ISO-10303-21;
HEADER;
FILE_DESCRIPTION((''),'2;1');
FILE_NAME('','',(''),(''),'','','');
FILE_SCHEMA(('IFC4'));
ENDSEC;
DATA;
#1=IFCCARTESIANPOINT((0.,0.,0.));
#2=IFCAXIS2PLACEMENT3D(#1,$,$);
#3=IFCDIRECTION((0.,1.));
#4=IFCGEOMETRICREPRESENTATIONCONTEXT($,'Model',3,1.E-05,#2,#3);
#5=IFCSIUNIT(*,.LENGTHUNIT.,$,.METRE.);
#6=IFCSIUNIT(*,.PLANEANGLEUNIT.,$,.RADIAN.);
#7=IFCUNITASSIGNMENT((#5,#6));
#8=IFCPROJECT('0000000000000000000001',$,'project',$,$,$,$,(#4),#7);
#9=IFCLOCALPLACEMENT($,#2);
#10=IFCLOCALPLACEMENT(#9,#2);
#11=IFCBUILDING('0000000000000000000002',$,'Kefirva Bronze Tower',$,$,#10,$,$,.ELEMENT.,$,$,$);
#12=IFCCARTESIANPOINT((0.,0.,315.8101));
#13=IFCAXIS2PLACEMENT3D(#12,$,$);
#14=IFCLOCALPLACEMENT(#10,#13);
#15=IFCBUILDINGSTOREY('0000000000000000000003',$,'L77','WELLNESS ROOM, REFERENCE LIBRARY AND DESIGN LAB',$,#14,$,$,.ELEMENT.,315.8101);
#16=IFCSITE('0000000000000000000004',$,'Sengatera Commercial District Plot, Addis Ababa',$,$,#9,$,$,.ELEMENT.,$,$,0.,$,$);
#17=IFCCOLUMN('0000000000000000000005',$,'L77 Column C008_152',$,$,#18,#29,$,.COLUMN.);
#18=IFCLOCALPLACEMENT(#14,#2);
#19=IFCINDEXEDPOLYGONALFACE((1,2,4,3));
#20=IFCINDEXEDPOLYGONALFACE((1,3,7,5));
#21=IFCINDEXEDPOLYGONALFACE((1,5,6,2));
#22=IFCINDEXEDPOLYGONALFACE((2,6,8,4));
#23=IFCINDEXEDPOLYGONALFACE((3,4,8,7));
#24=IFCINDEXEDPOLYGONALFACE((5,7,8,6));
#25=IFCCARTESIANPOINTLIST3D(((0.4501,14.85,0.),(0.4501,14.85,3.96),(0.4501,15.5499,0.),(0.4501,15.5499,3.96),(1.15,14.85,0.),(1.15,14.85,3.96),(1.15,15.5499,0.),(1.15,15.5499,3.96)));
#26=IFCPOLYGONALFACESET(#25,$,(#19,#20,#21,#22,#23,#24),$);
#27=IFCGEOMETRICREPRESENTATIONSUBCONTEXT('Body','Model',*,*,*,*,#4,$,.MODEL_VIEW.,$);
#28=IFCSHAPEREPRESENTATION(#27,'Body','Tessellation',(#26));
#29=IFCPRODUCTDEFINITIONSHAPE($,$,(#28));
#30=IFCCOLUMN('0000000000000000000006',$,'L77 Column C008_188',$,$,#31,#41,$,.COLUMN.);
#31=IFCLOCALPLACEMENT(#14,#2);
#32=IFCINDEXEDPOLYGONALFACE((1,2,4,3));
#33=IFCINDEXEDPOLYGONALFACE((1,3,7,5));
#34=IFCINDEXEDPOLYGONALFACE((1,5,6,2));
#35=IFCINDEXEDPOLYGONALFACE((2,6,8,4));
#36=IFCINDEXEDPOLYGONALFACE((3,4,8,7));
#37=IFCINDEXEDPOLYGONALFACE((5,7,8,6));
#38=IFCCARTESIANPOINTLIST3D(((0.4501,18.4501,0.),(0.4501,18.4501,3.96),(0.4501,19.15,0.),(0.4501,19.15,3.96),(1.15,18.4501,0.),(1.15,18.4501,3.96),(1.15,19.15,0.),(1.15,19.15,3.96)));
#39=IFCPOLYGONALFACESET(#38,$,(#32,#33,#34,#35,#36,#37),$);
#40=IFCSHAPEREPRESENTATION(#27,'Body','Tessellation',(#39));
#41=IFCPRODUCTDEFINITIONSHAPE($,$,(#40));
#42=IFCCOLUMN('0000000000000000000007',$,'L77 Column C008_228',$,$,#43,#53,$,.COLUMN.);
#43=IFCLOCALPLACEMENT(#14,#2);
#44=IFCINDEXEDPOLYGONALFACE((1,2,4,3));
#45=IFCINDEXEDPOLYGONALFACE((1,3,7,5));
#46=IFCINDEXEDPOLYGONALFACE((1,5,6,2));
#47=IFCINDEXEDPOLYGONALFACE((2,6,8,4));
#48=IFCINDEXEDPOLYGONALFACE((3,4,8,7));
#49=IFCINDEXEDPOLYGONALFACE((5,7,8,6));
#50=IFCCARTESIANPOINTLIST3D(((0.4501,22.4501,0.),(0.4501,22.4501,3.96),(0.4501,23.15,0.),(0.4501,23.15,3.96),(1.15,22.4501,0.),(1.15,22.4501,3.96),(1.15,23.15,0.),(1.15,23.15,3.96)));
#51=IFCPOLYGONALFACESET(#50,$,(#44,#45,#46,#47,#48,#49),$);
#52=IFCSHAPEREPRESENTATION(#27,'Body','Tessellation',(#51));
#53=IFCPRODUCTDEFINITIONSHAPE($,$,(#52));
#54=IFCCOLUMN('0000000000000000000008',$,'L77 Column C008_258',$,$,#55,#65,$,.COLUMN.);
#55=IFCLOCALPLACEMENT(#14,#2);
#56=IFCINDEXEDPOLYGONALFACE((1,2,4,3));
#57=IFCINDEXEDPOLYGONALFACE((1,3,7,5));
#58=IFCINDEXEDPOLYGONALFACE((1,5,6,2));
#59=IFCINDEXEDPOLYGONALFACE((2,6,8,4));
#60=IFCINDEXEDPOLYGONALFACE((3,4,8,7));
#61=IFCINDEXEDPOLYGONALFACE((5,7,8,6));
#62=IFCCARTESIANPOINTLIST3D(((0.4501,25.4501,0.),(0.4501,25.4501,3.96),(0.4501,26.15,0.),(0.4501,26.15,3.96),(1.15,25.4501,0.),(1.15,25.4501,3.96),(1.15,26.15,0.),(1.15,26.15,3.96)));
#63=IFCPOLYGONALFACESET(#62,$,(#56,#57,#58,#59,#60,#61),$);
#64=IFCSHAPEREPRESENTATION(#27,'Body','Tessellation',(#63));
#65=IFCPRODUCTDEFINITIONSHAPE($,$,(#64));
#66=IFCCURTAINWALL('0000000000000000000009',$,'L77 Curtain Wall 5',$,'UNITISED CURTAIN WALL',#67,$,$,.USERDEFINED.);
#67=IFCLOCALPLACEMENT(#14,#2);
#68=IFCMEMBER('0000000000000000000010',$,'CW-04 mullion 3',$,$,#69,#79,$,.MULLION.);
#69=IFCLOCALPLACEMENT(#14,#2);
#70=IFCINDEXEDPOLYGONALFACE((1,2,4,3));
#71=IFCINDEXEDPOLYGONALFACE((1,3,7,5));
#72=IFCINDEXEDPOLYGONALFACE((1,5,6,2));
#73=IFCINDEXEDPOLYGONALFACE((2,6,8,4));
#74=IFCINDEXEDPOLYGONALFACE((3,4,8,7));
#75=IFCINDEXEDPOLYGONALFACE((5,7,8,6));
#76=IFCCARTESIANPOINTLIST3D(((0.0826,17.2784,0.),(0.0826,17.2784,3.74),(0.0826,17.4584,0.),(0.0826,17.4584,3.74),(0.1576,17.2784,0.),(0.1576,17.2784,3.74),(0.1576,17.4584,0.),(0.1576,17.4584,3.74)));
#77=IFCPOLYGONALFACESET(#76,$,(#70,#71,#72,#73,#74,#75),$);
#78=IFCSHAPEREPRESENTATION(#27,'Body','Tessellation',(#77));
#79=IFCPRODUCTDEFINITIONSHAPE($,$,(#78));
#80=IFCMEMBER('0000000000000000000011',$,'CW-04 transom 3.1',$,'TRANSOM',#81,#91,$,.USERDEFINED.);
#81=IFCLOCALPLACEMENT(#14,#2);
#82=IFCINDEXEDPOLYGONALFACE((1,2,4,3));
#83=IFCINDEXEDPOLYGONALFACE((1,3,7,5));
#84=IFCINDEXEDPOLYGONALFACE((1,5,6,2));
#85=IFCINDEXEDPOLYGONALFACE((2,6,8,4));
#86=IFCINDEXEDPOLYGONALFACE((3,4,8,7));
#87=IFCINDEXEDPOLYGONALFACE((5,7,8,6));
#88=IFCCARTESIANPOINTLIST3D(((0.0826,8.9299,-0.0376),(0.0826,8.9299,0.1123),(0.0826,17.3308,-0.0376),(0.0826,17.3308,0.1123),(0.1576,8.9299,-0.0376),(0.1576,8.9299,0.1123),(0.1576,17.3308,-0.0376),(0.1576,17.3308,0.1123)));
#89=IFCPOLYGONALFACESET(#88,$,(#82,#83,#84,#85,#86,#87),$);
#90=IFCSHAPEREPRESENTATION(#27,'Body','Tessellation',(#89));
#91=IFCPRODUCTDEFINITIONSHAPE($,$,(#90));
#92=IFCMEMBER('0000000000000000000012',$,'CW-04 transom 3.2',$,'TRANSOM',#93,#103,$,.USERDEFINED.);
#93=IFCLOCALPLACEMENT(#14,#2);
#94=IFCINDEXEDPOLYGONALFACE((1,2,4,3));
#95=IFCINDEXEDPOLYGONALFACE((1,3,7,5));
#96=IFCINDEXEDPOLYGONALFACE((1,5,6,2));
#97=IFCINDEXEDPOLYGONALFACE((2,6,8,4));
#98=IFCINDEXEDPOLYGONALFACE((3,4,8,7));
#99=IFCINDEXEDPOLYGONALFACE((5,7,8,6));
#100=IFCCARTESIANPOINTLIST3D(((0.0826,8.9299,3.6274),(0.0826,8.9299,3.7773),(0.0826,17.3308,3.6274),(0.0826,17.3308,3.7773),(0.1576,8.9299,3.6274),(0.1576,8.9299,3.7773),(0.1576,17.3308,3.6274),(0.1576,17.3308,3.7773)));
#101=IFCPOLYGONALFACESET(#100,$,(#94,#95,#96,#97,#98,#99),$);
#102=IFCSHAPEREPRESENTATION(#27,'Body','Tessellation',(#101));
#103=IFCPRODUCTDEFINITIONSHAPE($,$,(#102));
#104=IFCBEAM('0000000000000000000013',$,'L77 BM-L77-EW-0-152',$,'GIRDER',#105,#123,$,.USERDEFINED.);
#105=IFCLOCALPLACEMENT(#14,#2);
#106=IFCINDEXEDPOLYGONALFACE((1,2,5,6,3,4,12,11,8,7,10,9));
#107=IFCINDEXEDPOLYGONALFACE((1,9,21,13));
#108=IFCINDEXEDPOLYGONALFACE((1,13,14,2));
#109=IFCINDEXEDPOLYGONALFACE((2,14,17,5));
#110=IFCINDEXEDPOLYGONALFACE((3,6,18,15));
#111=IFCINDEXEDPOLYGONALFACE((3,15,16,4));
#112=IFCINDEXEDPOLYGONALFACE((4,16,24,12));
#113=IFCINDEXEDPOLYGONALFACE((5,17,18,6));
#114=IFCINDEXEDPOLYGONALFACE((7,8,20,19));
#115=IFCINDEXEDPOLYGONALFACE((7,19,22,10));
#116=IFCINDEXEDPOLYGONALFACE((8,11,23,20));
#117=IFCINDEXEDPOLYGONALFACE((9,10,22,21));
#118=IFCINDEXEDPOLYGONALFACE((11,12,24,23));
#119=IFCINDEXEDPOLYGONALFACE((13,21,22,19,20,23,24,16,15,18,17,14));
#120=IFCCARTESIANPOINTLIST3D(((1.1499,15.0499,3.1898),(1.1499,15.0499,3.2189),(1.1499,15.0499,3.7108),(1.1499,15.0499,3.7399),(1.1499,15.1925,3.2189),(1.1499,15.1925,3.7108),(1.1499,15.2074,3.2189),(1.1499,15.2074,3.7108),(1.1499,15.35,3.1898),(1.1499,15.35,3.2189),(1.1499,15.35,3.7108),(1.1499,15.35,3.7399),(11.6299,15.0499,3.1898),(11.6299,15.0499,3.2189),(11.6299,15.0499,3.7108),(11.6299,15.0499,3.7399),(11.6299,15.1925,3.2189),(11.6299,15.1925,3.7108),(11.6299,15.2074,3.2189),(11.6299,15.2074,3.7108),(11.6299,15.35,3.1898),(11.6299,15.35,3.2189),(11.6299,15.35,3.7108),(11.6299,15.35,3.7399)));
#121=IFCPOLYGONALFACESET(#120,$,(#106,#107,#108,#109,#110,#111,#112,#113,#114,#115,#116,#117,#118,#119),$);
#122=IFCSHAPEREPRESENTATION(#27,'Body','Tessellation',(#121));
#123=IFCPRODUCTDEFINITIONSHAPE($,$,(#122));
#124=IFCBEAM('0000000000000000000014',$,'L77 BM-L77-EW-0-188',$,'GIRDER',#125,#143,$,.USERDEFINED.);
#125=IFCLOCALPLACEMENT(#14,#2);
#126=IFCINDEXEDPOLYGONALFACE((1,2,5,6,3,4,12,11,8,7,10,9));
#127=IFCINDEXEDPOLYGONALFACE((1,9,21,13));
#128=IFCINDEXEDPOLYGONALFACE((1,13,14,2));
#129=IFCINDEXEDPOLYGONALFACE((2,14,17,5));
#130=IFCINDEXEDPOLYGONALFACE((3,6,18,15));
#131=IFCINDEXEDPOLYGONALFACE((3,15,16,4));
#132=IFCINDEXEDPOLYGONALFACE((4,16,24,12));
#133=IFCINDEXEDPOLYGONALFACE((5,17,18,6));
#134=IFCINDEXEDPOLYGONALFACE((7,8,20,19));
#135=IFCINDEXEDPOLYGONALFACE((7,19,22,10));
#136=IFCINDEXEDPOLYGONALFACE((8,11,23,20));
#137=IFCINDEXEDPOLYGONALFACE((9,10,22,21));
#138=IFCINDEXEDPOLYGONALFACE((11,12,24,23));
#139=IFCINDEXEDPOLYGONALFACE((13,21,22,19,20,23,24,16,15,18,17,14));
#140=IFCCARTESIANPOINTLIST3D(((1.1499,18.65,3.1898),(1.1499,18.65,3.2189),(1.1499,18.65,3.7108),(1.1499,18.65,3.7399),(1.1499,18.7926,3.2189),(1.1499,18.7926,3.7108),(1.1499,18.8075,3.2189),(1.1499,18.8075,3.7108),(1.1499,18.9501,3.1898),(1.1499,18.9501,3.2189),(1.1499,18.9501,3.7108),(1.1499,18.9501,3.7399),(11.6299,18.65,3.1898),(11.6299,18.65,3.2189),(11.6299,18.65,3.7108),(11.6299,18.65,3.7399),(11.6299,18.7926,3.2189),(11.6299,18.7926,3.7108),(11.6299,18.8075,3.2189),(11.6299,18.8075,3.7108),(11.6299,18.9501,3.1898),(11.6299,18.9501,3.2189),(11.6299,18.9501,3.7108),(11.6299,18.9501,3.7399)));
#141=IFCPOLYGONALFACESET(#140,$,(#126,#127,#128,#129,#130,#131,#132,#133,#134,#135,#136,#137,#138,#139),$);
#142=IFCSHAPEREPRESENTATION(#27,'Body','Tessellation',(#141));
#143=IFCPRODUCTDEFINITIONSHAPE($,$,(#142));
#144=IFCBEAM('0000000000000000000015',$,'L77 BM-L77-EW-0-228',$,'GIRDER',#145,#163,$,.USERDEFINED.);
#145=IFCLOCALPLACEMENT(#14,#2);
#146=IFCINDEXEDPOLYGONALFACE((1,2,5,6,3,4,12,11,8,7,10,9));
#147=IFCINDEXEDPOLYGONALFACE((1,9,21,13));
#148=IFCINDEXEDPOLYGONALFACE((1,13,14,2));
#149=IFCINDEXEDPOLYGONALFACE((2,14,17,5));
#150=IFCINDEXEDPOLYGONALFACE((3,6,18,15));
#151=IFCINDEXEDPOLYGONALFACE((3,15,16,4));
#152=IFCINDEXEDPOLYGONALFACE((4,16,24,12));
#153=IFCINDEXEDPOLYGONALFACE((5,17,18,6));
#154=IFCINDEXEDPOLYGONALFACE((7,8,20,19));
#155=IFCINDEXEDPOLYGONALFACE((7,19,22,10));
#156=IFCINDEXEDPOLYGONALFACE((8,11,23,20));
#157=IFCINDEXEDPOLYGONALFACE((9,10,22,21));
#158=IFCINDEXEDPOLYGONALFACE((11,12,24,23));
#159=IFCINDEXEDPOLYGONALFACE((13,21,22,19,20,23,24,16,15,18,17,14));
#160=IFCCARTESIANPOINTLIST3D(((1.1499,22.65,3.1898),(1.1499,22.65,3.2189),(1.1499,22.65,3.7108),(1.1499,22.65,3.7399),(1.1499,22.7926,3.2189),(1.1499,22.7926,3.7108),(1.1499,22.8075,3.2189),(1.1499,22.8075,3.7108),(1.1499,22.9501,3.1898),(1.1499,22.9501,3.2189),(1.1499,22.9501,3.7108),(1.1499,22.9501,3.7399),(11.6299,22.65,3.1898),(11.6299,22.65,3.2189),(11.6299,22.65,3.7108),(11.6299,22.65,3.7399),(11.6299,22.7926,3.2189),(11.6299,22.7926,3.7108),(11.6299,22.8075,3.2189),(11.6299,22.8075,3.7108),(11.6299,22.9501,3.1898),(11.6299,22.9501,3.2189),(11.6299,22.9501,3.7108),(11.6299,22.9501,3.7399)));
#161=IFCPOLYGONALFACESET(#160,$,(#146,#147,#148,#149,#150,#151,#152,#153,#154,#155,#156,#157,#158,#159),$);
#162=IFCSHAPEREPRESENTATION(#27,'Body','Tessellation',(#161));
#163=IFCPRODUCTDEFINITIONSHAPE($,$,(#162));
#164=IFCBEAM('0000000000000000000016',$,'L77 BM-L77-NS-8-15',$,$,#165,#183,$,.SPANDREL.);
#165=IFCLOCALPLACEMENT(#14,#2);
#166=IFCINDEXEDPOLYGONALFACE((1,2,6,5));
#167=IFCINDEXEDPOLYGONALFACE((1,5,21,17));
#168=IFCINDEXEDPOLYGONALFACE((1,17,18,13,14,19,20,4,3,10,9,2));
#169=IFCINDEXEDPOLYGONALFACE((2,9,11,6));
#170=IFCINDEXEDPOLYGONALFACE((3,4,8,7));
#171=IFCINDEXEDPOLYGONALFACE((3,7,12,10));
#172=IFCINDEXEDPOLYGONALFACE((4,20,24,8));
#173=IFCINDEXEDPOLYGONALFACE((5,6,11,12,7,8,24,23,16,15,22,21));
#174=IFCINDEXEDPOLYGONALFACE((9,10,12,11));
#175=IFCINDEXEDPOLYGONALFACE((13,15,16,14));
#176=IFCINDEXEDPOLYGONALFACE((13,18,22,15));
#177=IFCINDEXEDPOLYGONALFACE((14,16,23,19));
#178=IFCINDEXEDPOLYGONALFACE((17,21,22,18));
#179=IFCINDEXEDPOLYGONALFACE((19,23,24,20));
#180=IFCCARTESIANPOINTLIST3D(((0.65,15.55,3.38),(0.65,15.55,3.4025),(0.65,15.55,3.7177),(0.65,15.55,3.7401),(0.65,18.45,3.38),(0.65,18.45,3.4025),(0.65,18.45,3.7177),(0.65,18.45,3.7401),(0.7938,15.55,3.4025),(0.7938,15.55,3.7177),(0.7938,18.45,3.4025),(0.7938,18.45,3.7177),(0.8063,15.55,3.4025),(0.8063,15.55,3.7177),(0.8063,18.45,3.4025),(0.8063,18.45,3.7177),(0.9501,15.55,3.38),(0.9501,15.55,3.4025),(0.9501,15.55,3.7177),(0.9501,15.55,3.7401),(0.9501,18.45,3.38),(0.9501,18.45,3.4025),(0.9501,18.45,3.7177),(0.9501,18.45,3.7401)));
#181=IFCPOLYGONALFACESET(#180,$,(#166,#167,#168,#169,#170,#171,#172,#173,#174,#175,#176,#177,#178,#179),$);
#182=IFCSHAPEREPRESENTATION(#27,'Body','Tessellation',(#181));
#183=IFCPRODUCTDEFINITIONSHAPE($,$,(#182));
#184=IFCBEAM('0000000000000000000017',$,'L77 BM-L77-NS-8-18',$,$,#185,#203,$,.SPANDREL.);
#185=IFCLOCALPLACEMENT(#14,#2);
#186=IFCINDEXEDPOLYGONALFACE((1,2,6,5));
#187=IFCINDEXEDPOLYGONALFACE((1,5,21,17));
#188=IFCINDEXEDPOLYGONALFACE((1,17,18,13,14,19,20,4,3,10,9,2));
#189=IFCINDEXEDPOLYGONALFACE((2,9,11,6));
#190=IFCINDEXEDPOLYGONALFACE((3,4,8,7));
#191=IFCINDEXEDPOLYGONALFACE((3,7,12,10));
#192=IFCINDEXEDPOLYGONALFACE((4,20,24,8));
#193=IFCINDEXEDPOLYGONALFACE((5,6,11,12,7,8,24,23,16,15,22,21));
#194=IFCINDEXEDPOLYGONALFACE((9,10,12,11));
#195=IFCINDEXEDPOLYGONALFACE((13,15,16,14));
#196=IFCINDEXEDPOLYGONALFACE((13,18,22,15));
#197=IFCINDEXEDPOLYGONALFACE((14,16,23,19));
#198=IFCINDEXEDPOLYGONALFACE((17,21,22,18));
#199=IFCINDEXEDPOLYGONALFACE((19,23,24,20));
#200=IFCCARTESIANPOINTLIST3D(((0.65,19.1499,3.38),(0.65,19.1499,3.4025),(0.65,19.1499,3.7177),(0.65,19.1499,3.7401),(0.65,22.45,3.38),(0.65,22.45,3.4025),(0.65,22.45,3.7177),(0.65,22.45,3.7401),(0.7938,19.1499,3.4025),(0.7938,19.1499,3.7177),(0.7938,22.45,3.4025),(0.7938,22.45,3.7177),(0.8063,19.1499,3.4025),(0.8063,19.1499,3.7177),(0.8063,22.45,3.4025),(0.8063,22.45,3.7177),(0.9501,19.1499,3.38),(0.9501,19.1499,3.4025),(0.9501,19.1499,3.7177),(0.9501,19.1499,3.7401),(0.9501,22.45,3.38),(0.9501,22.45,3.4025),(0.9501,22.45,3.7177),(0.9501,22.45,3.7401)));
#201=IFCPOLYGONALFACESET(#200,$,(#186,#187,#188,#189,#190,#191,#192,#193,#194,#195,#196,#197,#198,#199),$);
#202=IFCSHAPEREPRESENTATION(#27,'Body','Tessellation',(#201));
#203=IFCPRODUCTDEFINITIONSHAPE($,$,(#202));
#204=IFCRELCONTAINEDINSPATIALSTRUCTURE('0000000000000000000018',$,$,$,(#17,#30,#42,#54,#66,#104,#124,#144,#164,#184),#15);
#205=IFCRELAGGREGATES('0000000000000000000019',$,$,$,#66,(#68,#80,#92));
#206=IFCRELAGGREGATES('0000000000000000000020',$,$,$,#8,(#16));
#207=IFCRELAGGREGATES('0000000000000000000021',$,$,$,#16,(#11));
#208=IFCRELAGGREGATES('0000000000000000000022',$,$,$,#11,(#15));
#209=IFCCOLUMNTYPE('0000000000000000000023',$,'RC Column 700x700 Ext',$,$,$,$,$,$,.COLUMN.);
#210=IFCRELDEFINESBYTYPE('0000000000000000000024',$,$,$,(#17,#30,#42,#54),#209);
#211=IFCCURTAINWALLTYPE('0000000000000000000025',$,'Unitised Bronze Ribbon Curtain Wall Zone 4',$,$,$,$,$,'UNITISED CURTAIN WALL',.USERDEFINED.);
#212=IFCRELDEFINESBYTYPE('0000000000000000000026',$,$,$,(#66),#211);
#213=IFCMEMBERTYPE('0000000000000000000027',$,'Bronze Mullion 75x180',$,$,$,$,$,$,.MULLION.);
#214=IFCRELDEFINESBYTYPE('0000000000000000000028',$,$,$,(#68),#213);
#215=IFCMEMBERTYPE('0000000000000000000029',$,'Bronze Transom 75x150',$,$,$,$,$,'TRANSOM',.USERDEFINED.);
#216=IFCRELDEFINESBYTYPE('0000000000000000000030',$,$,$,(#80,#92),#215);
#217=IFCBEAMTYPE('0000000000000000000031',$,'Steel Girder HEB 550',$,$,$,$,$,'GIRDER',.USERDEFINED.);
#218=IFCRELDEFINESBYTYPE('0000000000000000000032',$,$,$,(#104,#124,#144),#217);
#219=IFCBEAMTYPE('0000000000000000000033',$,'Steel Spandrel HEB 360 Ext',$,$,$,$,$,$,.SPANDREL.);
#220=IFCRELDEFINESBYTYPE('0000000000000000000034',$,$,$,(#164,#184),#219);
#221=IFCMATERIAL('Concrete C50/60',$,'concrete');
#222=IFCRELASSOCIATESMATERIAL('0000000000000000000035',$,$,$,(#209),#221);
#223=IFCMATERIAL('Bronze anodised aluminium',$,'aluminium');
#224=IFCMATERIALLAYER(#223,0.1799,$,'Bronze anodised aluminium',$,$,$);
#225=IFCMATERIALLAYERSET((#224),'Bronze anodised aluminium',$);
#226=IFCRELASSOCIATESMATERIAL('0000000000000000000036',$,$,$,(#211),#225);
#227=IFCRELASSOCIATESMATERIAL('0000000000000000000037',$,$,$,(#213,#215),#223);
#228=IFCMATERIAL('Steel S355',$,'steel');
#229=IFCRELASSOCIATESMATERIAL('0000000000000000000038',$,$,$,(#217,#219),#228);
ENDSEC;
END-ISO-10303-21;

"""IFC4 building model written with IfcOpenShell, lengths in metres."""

from ifc_helpers import new_model, si_unit, direction, frame, origin, origin_2d, place, context, subcontext, project, spatial, rectangle, i_section, extrude, material, layer, layer_set, material_profile, profile_set, type_object, element, aggregate, save


model = new_model("IFC4")

# Units and contexts
model_context = context("Model", 3, precision=1e-05, world=origin(), true_north=direction((0.0, 1.0)))
body_context = subcontext(model_context, "Body", "Model", "MODEL_VIEW")
ifc_project = project(units=[si_unit("LENGTHUNIT", "METRE"), si_unit("PLANEANGLEUNIT", "RADIAN")], contexts=[model_context])

# Site, building, storey
site_placement = place(None, origin())
site = spatial("IfcSite", under=ifc_project, at=site_placement, Name="Sengatera Commercial District Plot, Addis Ababa", CompositionType="ELEMENT", RefElevation=0.0)
building_placement = place(site_placement, origin())
building = spatial("IfcBuilding", under=site, at=building_placement, Name="Kefirva Bronze Tower", CompositionType="ELEMENT")
storey_placement = place(building_placement, frame((0.0, 0.0, 315.8101)))
storey = spatial("IfcBuildingStorey", under=building, at=storey_placement, Name="L77", Description="WELLNESS ROOM, REFERENCE LIBRARY AND DESIGN LAB", CompositionType="ELEMENT", Elevation=315.8101)

# Columns
ifc_material_1 = material(Name="Concrete C50/60", Category="concrete")
ifc_material_profile_1 = material_profile(ifc_material_1, rectangle(XDim=0.7, YDim=0.7, at=origin_2d()), Name="RC 700x700")
ifc_profile_set_1 = profile_set([ifc_material_profile_1], Name="Concrete C50/60")
column_type = type_object("IfcColumnType", Name="RC Column 700x700 Ext", PredefinedType="COLUMN", material=ifc_profile_set_1)
for number, where, z_axis, x_axis, name in (
    (1, (0.8, 15.2, 0.0), (0.0, 0.0, 1.0), (1.0, 0.0, 0.0), "L77 Column C008_152"),
    (2, (0.8, 18.8, 0.0), (0.0, 0.0, 1.0), (1.0, 0.0, 0.0), "L77 Column C008_188"),
    (3, (0.8, 22.8, 0.0), (0.0, 0.0, 1.0), (1.0, 0.0, 0.0), "L77 Column C008_228"),
    (4, (0.8, 25.8, 0.0), (0.0, 0.0, 1.0), (1.0, 0.0, 0.0), "L77 Column C008_258"),
):
    element("IfcColumn", number, at=place(storey_placement, frame(where, z_axis=z_axis, x_axis=x_axis)), inside=storey, type_object=column_type, Name=name, PredefinedType="COLUMN", context=body_context, shape_type="SweptSolid", body=[
        extrude(rectangle(XDim=0.7, YDim=0.7, at=origin_2d()), origin(), (0.0, 0.0, 1.0), 3.96),
    ])

# Curtain wall, members
ifc_material_2 = material(Name="Bronze anodised aluminium", Category="aluminium")
ifc_layer_1 = layer(ifc_material_2, 0.1799, Name="Bronze anodised aluminium")
ifc_layer_set_1 = layer_set([ifc_layer_1], Name="Bronze anodised aluminium")
curtain_wall_type = type_object("IfcCurtainWallType", Name="Unitised Bronze Ribbon Curtain Wall Zone 4", ElementType="UNITISED CURTAIN WALL", PredefinedType="USERDEFINED", material=ifc_layer_set_1)
curtain_wall_placement = place(storey_placement, origin())
curtain_wall = element("IfcCurtainWall", 5, at=curtain_wall_placement, inside=storey, type_object=curtain_wall_type, Name="L77 Curtain Wall 5", ObjectType="UNITISED CURTAIN WALL", PredefinedType="USERDEFINED")
ifc_material_profile_2 = material_profile(ifc_material_2, rectangle(XDim=0.075, YDim=0.1799, at=origin_2d()), Name="ALU 75x180")
ifc_profile_set_2 = profile_set([ifc_material_profile_2], Name="Bronze anodised aluminium")
member_type_1 = type_object("IfcMemberType", Name="Bronze Mullion 75x180", PredefinedType="MULLION", material=ifc_profile_set_2)
member_1_placement = place(storey_placement, frame((0.1201, 17.3684, 0.0), z_axis=(0.0, 0.0, 1.0), x_axis=(1.0, 0.0, 0.0)))
member_1 = element("IfcMember", 6, at=member_1_placement, type_object=member_type_1, Name="CW-04 mullion 3", PredefinedType="MULLION", context=body_context, shape_type="SweptSolid", body=[
    extrude(rectangle(XDim=0.075, YDim=0.1799, at=origin_2d()), origin(), (0.0, 0.0, 1.0), 3.74),
])
ifc_material_profile_3 = material_profile(ifc_material_2, rectangle(XDim=0.075, YDim=0.1499, at=origin_2d()), Name="ALU 75x150")
ifc_profile_set_3 = profile_set([ifc_material_profile_3], Name="Bronze anodised aluminium")
member_type_2 = type_object("IfcMemberType", Name="Bronze Transom 75x150", ElementType="TRANSOM", PredefinedType="USERDEFINED", material=ifc_profile_set_3)
member_2_placement = place(storey_placement, frame((0.1201, 17.3308, 0.0374), z_axis=(0.0, -1.0, 0.0), x_axis=(1.0, 0.0, 0.0)))
member_2 = element("IfcMember", 7, at=member_2_placement, type_object=member_type_2, Name="CW-04 transom 3.1", ObjectType="TRANSOM", PredefinedType="USERDEFINED", context=body_context, shape_type="SweptSolid", body=[
    extrude(rectangle(XDim=0.075, YDim=0.1499, at=origin_2d()), origin(), (0.0, 0.0, 1.0), 8.4009),
])
member_3_placement = place(storey_placement, frame((0.1201, 17.3308, 3.7024), z_axis=(0.0, -1.0, 0.0), x_axis=(1.0, 0.0, 0.0)))
member_3 = element("IfcMember", 8, at=member_3_placement, type_object=member_type_2, Name="CW-04 transom 3.2", ObjectType="TRANSOM", PredefinedType="USERDEFINED", context=body_context, shape_type="SweptSolid", body=[
    extrude(rectangle(XDim=0.075, YDim=0.1499, at=origin_2d()), origin(), (0.0, 0.0, 1.0), 8.4009),
])

# Beams
ifc_material_3 = material(Name="Steel S355", Category="steel")
ifc_material_profile_4 = material_profile(ifc_material_3, i_section(OverallWidth=0.3, OverallDepth=0.55, WebThickness=0.0149, FlangeThickness=0.0291, at=origin_2d()), Name="HEB 550")
ifc_profile_set_4 = profile_set([ifc_material_profile_4], Name="Steel S355")
beam_type_1 = type_object("IfcBeamType", Name="Steel Girder HEB 550", ElementType="GIRDER", PredefinedType="USERDEFINED", material=ifc_profile_set_4)
for number, where, z_axis, x_axis, name in (
    (9, (1.1499, 15.2, 3.4648), (1.0, 0.0, 0.0), (0.0, 1.0, 0.0), "L77 BM-L77-EW-0-152"),
    (10, (1.1499, 18.8, 3.4648), (1.0, 0.0, 0.0), (0.0, 1.0, 0.0), "L77 BM-L77-EW-0-188"),
    (11, (1.1499, 22.8, 3.4648), (1.0, 0.0, 0.0), (0.0, 1.0, 0.0), "L77 BM-L77-EW-0-228"),
):
    element("IfcBeam", number, at=place(storey_placement, frame(where, z_axis=z_axis, x_axis=x_axis)), inside=storey, type_object=beam_type_1, Name=name, ObjectType="GIRDER", PredefinedType="USERDEFINED", context=body_context, shape_type="SweptSolid", body=[
        extrude(i_section(OverallWidth=0.3, OverallDepth=0.55, WebThickness=0.0149, FlangeThickness=0.0291, at=origin_2d()), origin(), (0.0, 0.0, 1.0), 10.48),
    ])
ifc_material_profile_5 = material_profile(ifc_material_3, i_section(OverallWidth=0.3, OverallDepth=0.3601, WebThickness=0.0125, FlangeThickness=0.0225, at=origin_2d()), Name="HEB 360")
ifc_profile_set_5 = profile_set([ifc_material_profile_5], Name="Steel S355")
beam_type_2 = type_object("IfcBeamType", Name="Steel Spandrel HEB 360 Ext", PredefinedType="SPANDREL", material=ifc_profile_set_5)
beam_1_placement = place(storey_placement, frame((0.8, 15.55, 3.5601), z_axis=(0.0, 1.0, 0.0), x_axis=(-1.0, 0.0, 0.0)))
element("IfcBeam", 12, at=beam_1_placement, inside=storey, type_object=beam_type_2, Name="L77 BM-L77-NS-8-15", PredefinedType="SPANDREL", context=body_context, shape_type="SweptSolid", body=[
    extrude(i_section(OverallWidth=0.3, OverallDepth=0.3601, WebThickness=0.0125, FlangeThickness=0.0225, at=origin_2d()), origin(), (0.0, 0.0, 1.0), 2.8999),
])
beam_2_placement = place(storey_placement, frame((0.8, 19.1499, 3.5601), z_axis=(0.0, 1.0, 0.0), x_axis=(-1.0, 0.0, 0.0)))
element("IfcBeam", 13, at=beam_2_placement, inside=storey, type_object=beam_type_2, Name="L77 BM-L77-NS-8-18", PredefinedType="SPANDREL", context=body_context, shape_type="SweptSolid", body=[
    extrude(i_section(OverallWidth=0.3, OverallDepth=0.3601, WebThickness=0.0125, FlangeThickness=0.0225, at=origin_2d()), origin(), (0.0, 0.0, 1.0), 3.3),
])

aggregate(curtain_wall, [member_1, member_2, member_3])

save(model, "model.ifc")
